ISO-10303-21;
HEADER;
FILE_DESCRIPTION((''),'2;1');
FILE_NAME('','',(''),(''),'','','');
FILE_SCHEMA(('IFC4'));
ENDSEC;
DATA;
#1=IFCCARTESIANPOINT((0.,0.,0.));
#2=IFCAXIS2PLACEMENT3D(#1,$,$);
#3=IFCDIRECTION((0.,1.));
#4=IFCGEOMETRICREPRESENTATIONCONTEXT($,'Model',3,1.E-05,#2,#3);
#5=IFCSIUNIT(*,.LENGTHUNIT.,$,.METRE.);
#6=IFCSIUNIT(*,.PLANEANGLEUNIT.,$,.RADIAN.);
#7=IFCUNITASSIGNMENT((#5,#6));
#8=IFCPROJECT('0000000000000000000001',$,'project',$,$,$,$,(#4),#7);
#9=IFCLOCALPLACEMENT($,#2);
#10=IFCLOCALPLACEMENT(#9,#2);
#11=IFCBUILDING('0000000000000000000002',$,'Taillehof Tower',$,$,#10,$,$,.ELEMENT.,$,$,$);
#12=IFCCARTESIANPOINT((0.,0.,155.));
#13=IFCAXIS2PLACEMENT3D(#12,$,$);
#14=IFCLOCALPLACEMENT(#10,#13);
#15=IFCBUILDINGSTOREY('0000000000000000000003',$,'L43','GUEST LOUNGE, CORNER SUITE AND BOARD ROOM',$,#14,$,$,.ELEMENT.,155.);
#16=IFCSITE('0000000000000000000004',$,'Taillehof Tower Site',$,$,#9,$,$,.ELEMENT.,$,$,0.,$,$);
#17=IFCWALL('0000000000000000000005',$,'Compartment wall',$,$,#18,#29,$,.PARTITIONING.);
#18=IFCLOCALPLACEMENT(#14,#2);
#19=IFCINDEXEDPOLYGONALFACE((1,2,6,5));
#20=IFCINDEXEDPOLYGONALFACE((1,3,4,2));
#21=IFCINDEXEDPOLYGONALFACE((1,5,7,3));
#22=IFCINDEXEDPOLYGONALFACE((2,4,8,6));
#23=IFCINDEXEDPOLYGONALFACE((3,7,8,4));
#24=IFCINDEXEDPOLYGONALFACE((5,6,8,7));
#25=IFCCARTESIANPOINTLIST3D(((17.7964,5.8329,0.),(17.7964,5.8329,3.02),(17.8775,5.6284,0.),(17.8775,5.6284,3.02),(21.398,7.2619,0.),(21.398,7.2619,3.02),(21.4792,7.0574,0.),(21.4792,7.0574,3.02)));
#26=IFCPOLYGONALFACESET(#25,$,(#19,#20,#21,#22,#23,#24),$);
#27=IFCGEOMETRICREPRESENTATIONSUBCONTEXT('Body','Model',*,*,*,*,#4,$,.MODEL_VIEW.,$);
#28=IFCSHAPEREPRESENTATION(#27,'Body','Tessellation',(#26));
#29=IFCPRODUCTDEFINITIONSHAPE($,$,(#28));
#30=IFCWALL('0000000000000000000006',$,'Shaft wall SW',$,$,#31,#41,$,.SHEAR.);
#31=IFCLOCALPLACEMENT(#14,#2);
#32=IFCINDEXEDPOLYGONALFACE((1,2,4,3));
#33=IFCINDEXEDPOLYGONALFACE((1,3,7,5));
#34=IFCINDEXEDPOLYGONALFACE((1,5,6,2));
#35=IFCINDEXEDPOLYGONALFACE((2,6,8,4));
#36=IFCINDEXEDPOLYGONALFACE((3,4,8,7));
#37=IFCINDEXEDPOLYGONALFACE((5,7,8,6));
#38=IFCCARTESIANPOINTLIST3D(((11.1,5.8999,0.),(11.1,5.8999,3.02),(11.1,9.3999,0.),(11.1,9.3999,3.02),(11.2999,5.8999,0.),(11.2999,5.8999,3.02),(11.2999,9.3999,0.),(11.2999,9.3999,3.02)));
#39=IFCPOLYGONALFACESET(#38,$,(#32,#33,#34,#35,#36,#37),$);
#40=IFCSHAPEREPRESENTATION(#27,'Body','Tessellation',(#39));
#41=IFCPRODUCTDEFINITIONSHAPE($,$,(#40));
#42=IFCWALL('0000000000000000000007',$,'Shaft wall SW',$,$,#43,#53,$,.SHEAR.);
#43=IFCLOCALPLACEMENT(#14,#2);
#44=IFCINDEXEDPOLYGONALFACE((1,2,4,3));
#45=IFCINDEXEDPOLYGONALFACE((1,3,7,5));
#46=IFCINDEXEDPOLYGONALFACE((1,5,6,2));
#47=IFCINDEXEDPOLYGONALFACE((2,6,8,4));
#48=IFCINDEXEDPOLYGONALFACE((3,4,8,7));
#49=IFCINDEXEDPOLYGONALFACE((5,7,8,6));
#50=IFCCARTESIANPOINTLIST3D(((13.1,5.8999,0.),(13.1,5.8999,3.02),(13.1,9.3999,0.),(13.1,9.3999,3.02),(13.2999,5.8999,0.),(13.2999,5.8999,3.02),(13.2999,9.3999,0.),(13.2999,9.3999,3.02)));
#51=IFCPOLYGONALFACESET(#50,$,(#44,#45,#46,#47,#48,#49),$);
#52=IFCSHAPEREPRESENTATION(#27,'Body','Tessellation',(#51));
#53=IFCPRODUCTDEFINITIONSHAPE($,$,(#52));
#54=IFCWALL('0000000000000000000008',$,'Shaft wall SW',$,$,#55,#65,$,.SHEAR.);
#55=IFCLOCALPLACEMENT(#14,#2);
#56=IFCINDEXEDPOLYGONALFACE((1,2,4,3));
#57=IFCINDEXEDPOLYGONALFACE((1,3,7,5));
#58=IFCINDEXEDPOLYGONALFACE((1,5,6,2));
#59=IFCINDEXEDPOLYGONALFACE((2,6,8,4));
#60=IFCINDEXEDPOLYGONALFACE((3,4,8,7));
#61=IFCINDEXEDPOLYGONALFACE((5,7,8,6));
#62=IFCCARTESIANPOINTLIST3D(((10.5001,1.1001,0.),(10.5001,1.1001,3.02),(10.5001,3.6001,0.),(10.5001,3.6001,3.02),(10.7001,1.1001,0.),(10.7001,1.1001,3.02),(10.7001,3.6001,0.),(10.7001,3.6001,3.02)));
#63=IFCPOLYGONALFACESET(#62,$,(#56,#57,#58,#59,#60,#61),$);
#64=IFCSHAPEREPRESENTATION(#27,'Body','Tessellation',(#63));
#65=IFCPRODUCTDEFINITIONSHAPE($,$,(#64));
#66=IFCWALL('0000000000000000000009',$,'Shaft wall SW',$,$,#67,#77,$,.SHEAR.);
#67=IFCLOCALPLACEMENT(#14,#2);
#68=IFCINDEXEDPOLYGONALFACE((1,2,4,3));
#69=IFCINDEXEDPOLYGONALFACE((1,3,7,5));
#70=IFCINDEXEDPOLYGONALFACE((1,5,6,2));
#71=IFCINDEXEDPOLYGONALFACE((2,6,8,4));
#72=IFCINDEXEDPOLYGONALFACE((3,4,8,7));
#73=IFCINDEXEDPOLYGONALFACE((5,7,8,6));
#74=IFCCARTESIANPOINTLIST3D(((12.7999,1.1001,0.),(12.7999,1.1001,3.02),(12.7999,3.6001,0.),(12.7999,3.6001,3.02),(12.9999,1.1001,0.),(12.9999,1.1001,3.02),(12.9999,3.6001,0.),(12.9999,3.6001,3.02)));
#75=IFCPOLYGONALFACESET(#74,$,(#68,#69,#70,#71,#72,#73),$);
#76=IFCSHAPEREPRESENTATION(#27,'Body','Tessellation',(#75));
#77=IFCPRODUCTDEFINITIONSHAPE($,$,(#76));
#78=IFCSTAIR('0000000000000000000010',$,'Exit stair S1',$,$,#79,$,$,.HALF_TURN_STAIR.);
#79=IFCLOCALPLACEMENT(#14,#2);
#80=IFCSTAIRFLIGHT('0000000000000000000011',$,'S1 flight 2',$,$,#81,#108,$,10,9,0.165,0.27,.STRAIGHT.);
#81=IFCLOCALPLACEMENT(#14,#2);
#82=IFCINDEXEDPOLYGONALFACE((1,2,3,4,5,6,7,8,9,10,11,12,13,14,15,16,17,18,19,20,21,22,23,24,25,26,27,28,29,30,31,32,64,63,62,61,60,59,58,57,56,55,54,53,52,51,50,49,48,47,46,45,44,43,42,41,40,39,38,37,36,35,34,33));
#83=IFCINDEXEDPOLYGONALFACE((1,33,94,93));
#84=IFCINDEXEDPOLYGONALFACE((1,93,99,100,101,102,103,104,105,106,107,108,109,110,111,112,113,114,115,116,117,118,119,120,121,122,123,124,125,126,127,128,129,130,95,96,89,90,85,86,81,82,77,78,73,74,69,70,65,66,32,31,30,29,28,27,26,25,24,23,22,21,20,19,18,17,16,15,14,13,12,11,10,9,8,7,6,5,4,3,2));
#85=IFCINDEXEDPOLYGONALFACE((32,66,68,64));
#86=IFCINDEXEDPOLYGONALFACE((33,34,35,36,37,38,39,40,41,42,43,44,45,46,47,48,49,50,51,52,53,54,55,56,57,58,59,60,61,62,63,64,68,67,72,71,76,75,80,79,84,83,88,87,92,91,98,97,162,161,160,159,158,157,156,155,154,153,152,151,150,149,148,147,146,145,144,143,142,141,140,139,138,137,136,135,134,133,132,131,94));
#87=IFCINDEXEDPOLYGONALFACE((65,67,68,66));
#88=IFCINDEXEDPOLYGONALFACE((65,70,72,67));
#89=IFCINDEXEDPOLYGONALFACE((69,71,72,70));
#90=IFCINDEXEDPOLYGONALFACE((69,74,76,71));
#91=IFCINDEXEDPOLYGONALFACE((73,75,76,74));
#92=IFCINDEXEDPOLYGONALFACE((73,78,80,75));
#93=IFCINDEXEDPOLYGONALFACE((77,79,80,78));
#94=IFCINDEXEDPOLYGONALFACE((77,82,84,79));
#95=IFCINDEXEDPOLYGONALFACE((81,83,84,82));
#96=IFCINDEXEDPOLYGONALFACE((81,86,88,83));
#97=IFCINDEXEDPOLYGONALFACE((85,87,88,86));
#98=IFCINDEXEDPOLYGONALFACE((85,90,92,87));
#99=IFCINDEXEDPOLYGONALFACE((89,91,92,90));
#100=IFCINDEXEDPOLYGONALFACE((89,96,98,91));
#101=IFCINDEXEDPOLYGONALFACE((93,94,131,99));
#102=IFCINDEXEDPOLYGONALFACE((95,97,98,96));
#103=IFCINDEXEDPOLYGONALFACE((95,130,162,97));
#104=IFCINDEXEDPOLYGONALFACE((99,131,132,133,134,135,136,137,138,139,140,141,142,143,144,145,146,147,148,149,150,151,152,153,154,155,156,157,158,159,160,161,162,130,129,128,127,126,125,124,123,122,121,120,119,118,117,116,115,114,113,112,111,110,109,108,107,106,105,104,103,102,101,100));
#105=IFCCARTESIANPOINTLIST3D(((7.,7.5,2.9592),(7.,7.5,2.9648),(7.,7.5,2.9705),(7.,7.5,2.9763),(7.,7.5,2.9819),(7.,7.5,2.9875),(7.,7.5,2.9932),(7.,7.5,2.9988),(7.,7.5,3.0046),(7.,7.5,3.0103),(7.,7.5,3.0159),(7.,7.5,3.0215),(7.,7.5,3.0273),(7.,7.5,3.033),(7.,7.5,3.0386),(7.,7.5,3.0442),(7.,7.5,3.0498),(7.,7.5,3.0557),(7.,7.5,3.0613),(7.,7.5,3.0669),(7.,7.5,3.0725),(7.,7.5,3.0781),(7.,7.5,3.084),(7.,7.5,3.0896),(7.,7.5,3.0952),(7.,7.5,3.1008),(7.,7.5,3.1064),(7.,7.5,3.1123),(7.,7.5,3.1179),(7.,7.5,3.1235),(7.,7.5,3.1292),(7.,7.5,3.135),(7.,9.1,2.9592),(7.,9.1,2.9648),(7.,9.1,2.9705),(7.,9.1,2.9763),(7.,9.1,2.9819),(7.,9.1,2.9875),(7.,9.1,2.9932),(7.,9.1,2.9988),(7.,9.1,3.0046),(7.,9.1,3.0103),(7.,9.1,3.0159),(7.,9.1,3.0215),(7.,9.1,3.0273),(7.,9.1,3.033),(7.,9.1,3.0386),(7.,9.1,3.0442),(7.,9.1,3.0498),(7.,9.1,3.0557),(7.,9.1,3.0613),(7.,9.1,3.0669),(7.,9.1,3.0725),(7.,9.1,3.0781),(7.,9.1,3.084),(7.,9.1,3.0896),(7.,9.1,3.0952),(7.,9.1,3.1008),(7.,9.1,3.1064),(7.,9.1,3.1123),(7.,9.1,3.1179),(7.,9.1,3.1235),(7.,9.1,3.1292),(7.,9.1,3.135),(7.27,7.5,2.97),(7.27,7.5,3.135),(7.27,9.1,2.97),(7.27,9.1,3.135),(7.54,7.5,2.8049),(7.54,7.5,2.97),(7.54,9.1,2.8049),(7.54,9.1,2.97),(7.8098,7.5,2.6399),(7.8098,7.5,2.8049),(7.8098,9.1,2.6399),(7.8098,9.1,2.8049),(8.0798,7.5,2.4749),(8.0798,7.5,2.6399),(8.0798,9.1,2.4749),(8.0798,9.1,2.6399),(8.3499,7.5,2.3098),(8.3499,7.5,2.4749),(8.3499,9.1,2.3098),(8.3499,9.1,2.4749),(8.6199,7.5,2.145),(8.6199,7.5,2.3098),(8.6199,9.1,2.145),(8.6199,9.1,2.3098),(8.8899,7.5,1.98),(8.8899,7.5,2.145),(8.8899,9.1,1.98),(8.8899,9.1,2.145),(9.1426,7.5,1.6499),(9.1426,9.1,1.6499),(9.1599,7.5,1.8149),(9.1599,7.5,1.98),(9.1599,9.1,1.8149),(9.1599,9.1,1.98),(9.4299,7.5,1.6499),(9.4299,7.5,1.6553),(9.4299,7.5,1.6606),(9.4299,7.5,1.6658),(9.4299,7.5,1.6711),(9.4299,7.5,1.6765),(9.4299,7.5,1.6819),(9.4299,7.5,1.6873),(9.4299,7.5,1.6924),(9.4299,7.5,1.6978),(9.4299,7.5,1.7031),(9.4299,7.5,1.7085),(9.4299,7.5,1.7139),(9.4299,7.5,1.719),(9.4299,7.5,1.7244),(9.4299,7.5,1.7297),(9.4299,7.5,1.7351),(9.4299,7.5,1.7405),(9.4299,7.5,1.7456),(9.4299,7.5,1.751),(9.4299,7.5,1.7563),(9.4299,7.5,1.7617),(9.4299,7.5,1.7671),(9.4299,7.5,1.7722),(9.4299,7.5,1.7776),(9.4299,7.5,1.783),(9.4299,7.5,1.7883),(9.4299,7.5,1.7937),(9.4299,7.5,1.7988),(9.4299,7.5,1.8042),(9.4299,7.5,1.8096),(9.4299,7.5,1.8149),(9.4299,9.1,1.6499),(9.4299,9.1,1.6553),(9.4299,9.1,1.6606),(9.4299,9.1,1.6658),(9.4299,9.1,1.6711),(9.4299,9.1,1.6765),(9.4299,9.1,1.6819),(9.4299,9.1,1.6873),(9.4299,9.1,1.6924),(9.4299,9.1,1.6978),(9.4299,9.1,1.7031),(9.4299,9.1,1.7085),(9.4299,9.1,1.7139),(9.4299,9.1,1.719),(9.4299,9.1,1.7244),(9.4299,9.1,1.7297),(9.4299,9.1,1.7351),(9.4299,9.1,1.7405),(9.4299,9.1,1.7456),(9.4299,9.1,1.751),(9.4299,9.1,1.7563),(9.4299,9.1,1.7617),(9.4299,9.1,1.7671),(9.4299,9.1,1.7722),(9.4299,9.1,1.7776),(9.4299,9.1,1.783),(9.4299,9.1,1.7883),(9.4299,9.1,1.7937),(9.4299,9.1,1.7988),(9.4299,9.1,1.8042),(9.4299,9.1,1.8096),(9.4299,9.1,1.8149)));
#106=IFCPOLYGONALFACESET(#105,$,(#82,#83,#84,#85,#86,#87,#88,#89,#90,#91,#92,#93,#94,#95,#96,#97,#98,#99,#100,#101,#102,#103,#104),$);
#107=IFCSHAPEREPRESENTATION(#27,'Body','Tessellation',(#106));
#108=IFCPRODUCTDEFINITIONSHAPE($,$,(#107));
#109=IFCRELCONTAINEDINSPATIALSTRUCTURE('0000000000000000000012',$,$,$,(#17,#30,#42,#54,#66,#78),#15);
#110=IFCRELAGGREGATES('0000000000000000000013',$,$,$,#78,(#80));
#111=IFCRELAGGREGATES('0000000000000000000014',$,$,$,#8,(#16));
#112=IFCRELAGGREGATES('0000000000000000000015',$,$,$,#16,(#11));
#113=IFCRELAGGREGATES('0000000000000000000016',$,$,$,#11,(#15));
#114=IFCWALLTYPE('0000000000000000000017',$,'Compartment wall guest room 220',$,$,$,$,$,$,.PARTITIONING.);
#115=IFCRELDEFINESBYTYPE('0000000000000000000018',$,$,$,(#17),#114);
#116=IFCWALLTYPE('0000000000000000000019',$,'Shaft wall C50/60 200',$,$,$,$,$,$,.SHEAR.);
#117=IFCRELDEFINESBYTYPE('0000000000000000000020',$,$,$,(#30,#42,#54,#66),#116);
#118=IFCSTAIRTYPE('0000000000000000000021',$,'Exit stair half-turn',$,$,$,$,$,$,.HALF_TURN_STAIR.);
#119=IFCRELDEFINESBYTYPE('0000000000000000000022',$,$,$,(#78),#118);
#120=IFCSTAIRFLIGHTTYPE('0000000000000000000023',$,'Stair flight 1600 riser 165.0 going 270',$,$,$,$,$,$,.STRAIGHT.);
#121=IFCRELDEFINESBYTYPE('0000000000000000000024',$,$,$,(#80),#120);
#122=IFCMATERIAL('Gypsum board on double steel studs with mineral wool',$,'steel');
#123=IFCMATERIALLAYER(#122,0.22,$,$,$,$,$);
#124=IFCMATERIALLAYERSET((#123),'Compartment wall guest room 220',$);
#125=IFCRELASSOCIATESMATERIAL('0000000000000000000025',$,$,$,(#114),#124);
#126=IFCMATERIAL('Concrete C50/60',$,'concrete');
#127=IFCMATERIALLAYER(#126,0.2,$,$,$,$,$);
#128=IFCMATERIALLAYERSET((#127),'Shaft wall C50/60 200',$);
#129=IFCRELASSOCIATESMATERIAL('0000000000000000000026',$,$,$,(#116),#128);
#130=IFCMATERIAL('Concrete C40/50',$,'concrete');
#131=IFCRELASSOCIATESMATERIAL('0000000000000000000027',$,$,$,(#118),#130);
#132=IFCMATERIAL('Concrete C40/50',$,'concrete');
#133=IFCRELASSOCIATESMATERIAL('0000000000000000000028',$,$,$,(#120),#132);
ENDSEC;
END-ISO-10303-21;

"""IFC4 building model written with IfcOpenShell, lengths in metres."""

from ifc_helpers import new_model, si_unit, direction, frame, frame_2d, origin, place, context, subcontext, project, spatial, polyline, rectangle, outline, extrude, material, layer, layer_set, type_object, element, aggregate, save


model = new_model("IFC4")

# Units and contexts
model_context = context("Model", 3, precision=1e-05, world=origin(), true_north=direction((0.0, 1.0)))
body_context = subcontext(model_context, "Body", "Model", "MODEL_VIEW")
ifc_project = project(units=[si_unit("LENGTHUNIT", "METRE"), si_unit("PLANEANGLEUNIT", "RADIAN")], contexts=[model_context])

# Site, building, storey
site_placement = place(None, origin())
site = spatial("IfcSite", under=ifc_project, at=site_placement, Name="Taillehof Tower Site", CompositionType="ELEMENT", RefElevation=0.0)
building_placement = place(site_placement, origin())
building = spatial("IfcBuilding", under=site, at=building_placement, Name="Taillehof Tower", CompositionType="ELEMENT")
storey_placement = place(building_placement, frame((0.0, 0.0, 155.0)))
storey = spatial("IfcBuildingStorey", under=building, at=storey_placement, Name="L43", Description="GUEST LOUNGE, CORNER SUITE AND BOARD ROOM", CompositionType="ELEMENT", Elevation=155.0)

# Walls
ifc_material_1 = material(Name="Gypsum board on double steel studs with mineral wool", Category="steel")
ifc_layer_1 = layer(ifc_material_1, 0.22)
ifc_layer_set_1 = layer_set([ifc_layer_1], Name="Compartment wall guest room 220")
wall_type_1 = type_object("IfcWallType", Name="Compartment wall guest room 220", PredefinedType="PARTITIONING", material=ifc_layer_set_1)
wall_1_placement = place(storey_placement, frame((21.4387, 7.1597, 0.0), z_axis=(0.0, 0.0, 1.0), x_axis=(-0.929512, -0.368793, 0.0)))
element("IfcWall", 1, at=wall_1_placement, inside=storey, type_object=wall_type_1, Name="Compartment wall", PredefinedType="PARTITIONING", context=body_context, shape_type="SweptSolid", body=[
    extrude(rectangle(XDim=3.8748, YDim=0.22, at=frame_2d((1.9375, 0.0))), origin(), (0.0, 0.0, 1.0), 3.02),
])
ifc_material_2 = material(Name="Concrete C50/60", Category="concrete")
ifc_layer_2 = layer(ifc_material_2, 0.2)
ifc_layer_set_2 = layer_set([ifc_layer_2], Name="Shaft wall C50/60 200")
wall_type_2 = type_object("IfcWallType", Name="Shaft wall C50/60 200", PredefinedType="SHEAR", material=ifc_layer_set_2)
for number, where, z_axis, x_axis, name in (
    (2, (11.2, 5.8999, 0.0), (0.0, 0.0, 1.0), (0.0, 1.0, 0.0), "Shaft wall SW"),
    (3, (13.2, 5.8999, 0.0), (0.0, 0.0, 1.0), (0.0, 1.0, 0.0), "Shaft wall SW"),
):
    element("IfcWall", number, at=place(storey_placement, frame(where, z_axis=z_axis, x_axis=x_axis)), inside=storey, type_object=wall_type_2, Name=name, PredefinedType="SHEAR", context=body_context, shape_type="SweptSolid", body=[
        extrude(rectangle(XDim=3.5, YDim=0.2, at=frame_2d((1.75, 0.0))), origin(), (0.0, 0.0, 1.0), 3.02),
    ])
for number, where, z_axis, x_axis, name in (
    (4, (10.6001, 1.1001, 0.0), (0.0, 0.0, 1.0), (0.0, 1.0, 0.0), "Shaft wall SW"),
    (5, (12.8999, 1.1001, 0.0), (0.0, 0.0, 1.0), (0.0, 1.0, 0.0), "Shaft wall SW"),
):
    element("IfcWall", number, at=place(storey_placement, frame(where, z_axis=z_axis, x_axis=x_axis)), inside=storey, type_object=wall_type_2, Name=name, PredefinedType="SHEAR", context=body_context, shape_type="SweptSolid", body=[
        extrude(rectangle(XDim=2.5, YDim=0.2, at=frame_2d((1.25, 0.0))), origin(), (0.0, 0.0, 1.0), 3.02),
    ])

# Stair, stair flight
ifc_material_3 = material(Name="Concrete C40/50", Category="concrete")
stair_type = type_object("IfcStairType", Name="Exit stair half-turn", PredefinedType="HALF_TURN_STAIR", material=ifc_material_3)
stair_placement = place(storey_placement, origin())
stair = element("IfcStair", 6, at=stair_placement, inside=storey, type_object=stair_type, Name="Exit stair S1", PredefinedType="HALF_TURN_STAIR")
ifc_material_4 = material(Name="Concrete C40/50", Category="concrete")
stair_flight_type = type_object("IfcStairFlightType", Name="Stair flight 1600 riser 165.0 going 270", PredefinedType="STRAIGHT", material=ifc_material_4)
stair_flight_placement = place(storey_placement, frame((9.4299, 8.3, 1.6499), z_axis=(0.0, 0.0, 1.0), x_axis=(-1.0, 0.0, 0.0)))
stair_flight = element("IfcStairFlight", 7, at=stair_flight_placement, type_object=stair_flight_type, Name="S1 flight 2", NumberOfRisers=10, NumberOfTreads=9, PredefinedType="STRAIGHT", RiserHeight=0.165, TreadLength=0.27, context=body_context, shape_type="SweptSolid", body=[
    extrude(outline(polyline([(0.0, 0.0), (0.0, 0.0054), (0.0, 0.0107), (0.0, 0.0159), (0.0, 0.0212), (0.0, 0.0266), (0.0, 0.032), (0.0, 0.0374), (0.0, 0.0425), (0.0, 0.0479), (0.0, 0.0532), (0.0, 0.0586), (0.0, 0.064), (0.0, 0.0691), (0.0, 0.0745), (0.0, 0.0798), (0.0, 0.0852), (0.0, 0.0906), (0.0, 0.0957), (0.0, 0.1011), (0.0, 0.1064), (0.0, 0.1118), (0.0, 0.1172), (0.0, 0.1223), (0.0, 0.1277), (0.0, 0.1331), (0.0, 0.1384), (0.0, 0.1438), (0.0, 0.1489), (0.0, 0.1543), (0.0, 0.1597), (0.0, 0.165), (0.27, 0.165), (0.27, 0.3301), (0.54, 0.3301), (0.54, 0.4951), (0.8101, 0.4951), (0.8101, 0.6599), (1.0801, 0.6599), (1.0801, 0.825), (1.3501, 0.825), (1.3501, 0.99), (1.6201, 0.99), (1.6201, 1.155), (1.8899, 1.155), (1.8899, 1.3201), (2.1599, 1.3201), (2.1599, 1.4851), (2.4299, 1.4851), (2.4299, 1.4792), (2.4299, 1.4736), (2.4299, 1.468), (2.4299, 1.4624), (2.4299, 1.4565), (2.4299, 1.4509), (2.4299, 1.4453), (2.4299, 1.4397), (2.4299, 1.4341), (2.4299, 1.4282), (2.4299, 1.4226), (2.4299, 1.417), (2.4299, 1.4114), (2.4299, 1.4058), (2.4299, 1.3999), (2.4299, 1.3943), (2.4299, 1.3887), (2.4299, 1.3831), (2.4299, 1.3774), (2.4299, 1.3716), (2.4299, 1.366), (2.4299, 1.3604), (2.4299, 1.3547), (2.4299, 1.3489), (2.4299, 1.3433), (2.4299, 1.3376), (2.4299, 1.332), (2.4299, 1.3264), (2.4299, 1.3206), (2.4299, 1.3149), (2.4299, 1.3093), (0.2874, 0.0), (0.0, 0.0)])), frame((0.0, 0.8, 0.0), z_axis=(0.0, -1.0, 0.0), x_axis=(1.0, 0.0, 0.0)), (0.0, 0.0, 1.0), 1.6),
])
aggregate(stair, [stair_flight])

save(model, "model.ifc")
